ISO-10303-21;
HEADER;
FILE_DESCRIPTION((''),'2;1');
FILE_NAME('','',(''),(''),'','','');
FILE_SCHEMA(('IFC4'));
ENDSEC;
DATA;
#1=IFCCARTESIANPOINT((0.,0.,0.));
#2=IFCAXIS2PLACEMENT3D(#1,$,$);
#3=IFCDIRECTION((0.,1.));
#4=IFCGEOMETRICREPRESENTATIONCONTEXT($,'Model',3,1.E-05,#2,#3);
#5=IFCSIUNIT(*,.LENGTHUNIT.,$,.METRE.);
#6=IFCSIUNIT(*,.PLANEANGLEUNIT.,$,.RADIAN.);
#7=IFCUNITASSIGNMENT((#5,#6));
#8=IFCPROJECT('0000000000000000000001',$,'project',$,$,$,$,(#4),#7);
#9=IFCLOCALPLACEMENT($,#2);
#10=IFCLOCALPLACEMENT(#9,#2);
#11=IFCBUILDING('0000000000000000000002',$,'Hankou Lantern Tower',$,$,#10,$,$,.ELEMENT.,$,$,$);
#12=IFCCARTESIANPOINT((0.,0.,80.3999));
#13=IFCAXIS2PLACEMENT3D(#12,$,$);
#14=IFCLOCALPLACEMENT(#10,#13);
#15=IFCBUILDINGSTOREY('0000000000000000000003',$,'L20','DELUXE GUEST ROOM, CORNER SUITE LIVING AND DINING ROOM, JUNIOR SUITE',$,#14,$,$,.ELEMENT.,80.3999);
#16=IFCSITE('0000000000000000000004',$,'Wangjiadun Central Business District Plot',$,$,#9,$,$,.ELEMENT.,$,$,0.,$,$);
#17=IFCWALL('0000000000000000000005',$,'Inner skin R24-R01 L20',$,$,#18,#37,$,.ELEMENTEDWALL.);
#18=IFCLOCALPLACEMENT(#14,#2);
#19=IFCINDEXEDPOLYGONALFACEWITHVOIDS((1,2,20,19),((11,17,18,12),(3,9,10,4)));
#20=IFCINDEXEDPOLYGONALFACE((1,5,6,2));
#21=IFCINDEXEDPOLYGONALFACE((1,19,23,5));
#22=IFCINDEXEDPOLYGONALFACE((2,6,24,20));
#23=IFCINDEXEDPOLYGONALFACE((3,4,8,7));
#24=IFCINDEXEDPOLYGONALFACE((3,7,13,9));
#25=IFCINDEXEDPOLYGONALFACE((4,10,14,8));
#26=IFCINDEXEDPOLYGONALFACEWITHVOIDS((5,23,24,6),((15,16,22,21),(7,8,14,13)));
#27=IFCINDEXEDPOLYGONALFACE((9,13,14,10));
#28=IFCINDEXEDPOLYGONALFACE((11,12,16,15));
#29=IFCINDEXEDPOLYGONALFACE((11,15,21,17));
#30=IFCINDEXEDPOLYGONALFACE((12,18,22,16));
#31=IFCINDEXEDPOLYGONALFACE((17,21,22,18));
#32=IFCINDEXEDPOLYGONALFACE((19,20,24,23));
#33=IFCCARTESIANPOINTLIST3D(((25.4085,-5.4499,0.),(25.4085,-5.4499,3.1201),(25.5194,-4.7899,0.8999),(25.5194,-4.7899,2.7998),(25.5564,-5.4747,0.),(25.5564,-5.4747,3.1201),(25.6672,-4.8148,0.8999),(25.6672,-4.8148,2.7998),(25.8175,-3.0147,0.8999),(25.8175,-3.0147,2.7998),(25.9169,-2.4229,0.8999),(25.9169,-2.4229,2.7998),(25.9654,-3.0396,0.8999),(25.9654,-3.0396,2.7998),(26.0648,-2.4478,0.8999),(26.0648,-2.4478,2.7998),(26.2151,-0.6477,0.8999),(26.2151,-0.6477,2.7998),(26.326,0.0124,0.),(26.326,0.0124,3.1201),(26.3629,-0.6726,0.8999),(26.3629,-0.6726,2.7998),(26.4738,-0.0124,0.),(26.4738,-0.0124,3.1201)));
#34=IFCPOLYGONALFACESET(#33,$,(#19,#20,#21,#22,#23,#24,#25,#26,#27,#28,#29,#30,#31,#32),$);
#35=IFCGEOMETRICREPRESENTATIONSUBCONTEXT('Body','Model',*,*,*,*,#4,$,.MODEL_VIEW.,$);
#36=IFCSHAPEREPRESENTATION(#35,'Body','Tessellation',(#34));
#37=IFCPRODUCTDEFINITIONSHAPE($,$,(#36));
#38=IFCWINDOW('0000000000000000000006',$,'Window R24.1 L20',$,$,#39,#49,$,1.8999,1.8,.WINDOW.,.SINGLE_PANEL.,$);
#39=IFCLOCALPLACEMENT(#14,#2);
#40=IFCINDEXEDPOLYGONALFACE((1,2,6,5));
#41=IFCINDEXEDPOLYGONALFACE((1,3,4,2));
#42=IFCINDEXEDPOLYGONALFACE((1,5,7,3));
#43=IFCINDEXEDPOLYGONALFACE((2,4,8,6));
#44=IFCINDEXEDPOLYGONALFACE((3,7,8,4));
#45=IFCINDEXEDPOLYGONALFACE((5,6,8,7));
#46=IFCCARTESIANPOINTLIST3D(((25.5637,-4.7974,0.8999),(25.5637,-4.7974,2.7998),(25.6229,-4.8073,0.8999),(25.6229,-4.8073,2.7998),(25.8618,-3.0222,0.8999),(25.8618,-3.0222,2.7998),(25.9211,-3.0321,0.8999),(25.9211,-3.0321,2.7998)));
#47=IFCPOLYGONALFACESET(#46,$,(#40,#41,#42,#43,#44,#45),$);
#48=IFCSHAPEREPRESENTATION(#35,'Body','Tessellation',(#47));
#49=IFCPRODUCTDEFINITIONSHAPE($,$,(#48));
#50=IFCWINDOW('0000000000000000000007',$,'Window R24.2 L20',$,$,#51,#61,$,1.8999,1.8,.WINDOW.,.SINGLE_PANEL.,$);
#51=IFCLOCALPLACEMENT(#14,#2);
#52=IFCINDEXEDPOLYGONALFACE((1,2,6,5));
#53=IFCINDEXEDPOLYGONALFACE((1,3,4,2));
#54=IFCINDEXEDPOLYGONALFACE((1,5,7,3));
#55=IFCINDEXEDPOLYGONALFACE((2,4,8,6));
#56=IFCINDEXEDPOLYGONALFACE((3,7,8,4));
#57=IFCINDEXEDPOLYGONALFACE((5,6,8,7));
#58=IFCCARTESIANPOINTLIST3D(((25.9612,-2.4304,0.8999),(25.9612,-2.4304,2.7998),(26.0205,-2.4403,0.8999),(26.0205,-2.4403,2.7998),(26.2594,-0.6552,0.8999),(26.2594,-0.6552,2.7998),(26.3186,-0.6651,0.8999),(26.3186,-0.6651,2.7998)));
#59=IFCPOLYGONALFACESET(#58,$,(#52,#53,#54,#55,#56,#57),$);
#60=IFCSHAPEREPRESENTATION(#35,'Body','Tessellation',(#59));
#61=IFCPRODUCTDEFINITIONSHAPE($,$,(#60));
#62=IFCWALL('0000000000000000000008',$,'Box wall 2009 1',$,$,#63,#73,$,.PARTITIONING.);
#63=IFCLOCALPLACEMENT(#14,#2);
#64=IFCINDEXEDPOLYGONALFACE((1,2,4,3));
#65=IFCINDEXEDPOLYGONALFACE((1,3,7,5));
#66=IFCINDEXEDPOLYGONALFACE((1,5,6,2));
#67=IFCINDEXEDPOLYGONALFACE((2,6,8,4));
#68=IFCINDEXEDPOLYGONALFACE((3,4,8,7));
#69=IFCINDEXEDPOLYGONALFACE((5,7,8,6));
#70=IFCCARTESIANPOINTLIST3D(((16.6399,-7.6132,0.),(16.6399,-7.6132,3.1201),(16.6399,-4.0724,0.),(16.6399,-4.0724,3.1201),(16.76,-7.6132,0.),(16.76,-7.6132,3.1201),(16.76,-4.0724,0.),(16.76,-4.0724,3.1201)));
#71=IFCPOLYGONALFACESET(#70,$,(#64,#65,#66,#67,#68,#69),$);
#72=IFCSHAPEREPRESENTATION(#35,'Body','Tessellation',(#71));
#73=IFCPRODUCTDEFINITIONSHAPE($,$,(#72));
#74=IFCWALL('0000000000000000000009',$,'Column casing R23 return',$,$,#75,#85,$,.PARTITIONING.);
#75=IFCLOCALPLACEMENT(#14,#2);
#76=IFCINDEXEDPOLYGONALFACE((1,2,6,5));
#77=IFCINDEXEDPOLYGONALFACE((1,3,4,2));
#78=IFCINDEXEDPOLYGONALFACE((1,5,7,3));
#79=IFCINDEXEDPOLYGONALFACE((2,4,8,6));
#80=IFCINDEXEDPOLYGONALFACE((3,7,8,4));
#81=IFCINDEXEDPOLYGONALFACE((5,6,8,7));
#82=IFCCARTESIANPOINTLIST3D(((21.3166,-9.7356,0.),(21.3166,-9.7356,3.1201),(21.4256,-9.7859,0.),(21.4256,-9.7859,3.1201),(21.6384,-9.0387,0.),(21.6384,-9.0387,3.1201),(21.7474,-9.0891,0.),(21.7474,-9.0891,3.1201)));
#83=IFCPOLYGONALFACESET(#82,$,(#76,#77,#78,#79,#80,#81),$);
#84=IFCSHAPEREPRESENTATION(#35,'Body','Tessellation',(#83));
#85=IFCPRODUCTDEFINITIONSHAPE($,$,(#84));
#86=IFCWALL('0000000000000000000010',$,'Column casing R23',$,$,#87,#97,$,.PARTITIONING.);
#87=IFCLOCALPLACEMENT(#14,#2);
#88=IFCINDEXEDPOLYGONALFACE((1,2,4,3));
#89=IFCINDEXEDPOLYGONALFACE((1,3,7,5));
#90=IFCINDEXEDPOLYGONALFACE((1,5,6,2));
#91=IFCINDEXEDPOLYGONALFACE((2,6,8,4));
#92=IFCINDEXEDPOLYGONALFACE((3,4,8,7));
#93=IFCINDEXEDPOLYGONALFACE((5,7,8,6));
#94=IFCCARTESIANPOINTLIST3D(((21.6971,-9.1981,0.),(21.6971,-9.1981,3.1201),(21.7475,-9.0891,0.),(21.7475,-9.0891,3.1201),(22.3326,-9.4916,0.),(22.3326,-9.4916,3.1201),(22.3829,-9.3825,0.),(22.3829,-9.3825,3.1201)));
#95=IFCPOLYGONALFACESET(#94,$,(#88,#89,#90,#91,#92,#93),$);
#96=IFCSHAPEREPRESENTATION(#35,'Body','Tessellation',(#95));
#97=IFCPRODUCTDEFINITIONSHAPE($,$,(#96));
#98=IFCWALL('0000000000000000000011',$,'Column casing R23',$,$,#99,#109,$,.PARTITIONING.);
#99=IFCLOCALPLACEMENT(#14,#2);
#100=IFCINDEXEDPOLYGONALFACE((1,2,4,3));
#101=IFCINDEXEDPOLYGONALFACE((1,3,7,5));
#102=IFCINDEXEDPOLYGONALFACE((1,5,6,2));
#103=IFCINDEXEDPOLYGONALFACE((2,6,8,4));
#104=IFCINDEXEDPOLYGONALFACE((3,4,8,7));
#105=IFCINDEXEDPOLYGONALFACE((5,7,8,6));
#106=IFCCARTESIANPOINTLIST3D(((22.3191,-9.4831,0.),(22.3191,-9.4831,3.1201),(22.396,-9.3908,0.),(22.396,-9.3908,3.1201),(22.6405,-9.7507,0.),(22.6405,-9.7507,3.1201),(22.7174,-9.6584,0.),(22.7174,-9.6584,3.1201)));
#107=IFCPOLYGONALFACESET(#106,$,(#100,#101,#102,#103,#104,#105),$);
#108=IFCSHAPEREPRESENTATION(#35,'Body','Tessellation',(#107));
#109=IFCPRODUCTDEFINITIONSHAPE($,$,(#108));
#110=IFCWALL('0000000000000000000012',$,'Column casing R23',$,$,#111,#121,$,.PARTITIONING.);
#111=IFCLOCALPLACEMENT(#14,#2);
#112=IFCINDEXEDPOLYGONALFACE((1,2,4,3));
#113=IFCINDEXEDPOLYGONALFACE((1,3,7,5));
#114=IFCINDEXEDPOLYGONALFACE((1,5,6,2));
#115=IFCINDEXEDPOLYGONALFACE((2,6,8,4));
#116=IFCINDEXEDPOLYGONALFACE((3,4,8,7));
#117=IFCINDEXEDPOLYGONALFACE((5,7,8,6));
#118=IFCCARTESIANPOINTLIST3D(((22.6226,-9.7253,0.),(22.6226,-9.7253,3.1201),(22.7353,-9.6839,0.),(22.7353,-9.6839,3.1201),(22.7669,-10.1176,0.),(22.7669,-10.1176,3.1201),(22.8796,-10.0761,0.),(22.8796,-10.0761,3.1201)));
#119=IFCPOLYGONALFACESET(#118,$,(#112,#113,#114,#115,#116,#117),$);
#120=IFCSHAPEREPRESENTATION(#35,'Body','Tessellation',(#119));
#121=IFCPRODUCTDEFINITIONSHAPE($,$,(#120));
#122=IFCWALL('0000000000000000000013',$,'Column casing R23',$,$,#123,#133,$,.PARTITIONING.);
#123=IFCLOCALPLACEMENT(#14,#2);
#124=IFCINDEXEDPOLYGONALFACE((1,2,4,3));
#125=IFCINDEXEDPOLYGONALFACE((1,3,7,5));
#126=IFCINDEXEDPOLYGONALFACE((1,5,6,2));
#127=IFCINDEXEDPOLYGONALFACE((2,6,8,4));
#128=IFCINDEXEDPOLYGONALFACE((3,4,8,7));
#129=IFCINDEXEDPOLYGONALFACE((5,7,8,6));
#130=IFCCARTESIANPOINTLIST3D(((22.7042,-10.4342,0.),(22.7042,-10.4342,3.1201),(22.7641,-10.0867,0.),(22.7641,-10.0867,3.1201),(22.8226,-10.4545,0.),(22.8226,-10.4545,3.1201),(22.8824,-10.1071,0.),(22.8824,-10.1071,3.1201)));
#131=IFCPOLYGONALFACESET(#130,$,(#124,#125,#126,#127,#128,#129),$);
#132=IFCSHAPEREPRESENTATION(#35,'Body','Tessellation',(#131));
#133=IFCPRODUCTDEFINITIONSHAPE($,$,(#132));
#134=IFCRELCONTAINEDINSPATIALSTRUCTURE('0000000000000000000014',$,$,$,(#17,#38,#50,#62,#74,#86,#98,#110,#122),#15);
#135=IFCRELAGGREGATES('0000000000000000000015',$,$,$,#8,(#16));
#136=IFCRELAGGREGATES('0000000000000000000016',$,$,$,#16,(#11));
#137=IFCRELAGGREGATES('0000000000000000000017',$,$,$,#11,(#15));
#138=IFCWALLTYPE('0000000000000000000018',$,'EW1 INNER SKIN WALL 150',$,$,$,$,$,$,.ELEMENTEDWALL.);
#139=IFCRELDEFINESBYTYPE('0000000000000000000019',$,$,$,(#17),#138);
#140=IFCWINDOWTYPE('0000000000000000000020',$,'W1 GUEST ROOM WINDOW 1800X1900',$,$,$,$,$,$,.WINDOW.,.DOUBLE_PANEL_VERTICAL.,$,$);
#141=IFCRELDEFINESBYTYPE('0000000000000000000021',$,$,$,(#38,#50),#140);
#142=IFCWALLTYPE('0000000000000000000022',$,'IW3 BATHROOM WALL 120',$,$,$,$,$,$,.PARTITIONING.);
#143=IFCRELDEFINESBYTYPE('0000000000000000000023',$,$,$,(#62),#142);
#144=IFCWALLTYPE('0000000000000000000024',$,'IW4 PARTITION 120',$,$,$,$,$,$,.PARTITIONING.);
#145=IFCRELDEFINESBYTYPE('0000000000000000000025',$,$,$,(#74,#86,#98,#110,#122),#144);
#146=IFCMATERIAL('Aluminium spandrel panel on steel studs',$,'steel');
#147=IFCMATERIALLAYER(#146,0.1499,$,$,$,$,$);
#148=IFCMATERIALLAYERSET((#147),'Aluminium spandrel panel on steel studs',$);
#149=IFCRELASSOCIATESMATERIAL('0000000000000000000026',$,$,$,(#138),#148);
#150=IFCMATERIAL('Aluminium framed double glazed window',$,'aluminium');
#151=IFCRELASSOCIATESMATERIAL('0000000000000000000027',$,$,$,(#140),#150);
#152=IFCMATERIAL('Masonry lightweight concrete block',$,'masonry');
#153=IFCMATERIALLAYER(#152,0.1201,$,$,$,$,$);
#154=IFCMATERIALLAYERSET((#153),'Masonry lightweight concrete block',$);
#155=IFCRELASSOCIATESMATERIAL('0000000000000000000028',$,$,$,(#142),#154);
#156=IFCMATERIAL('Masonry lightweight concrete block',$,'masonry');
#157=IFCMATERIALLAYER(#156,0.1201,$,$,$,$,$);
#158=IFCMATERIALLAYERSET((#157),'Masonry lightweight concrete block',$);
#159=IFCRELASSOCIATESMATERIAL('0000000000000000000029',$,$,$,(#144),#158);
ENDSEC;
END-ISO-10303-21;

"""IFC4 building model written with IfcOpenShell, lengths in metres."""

from ifc_helpers import new_model, si_unit, direction, frame, frame_2d, origin, place, context, subcontext, project, spatial, rectangle, extrude, material, layer, layer_set, type_object, element, fill, save


model = new_model("IFC4")

# Units and contexts
model_context = context("Model", 3, precision=1e-05, world=origin(), true_north=direction((0.0, 1.0)))
body_context = subcontext(model_context, "Body", "Model", "MODEL_VIEW")
ifc_project = project(units=[si_unit("LENGTHUNIT", "METRE"), si_unit("PLANEANGLEUNIT", "RADIAN")], contexts=[model_context])

# Site, building, storey
site_placement = place(None, origin())
site = spatial("IfcSite", under=ifc_project, at=site_placement, Name="Wangjiadun Central Business District Plot", CompositionType="ELEMENT", RefElevation=0.0)
building_placement = place(site_placement, origin())
building = spatial("IfcBuilding", under=site, at=building_placement, Name="Hankou Lantern Tower", CompositionType="ELEMENT")
storey_placement = place(building_placement, frame((0.0, 0.0, 80.3999)))
storey = spatial("IfcBuildingStorey", under=building, at=storey_placement, Name="L20", Description="DELUXE GUEST ROOM, CORNER SUITE LIVING AND DINING ROOM, JUNIOR SUITE", CompositionType="ELEMENT", Elevation=80.3999)

# Wall, openings, windows
ifc_material_1 = material(Name="Aluminium spandrel panel on steel studs", Category="steel")
ifc_layer_1 = layer(ifc_material_1, 0.1499)
ifc_layer_set_1 = layer_set([ifc_layer_1], Name="Aluminium spandrel panel on steel studs")
wall_type_1 = type_object("IfcWallType", Name="EW1 INNER SKIN WALL 150", PredefinedType="ELEMENTEDWALL", material=ifc_layer_set_1)
wall_1_placement = place(storey_placement, frame((25.4824, -5.4624, 0.0), z_axis=(0.0, 0.0, 1.0), x_axis=(0.165643, 0.986186, 0.0)))
wall_1 = element("IfcWall", 1, at=wall_1_placement, inside=storey, type_object=wall_type_1, Name="Inner skin R24-R01 L20", PredefinedType="ELEMENTEDWALL", context=body_context, shape_type="SweptSolid", body=[
    extrude(rectangle(XDim=5.5388, YDim=0.1499, at=frame_2d((2.7695, 0.0))), origin(), (0.0, 0.0, 1.0), 3.1201),
])
opening_1_placement = place(wall_1_placement, frame((0.6694, 0.0, 0.8999)))
opening_1 = element("IfcOpeningElement", 2, at=opening_1_placement, cuts=wall_1, PredefinedType="OPENING", context=body_context, shape_type="SweptSolid", body=[
    extrude(rectangle(XDim=1.8, YDim=1.8999, at=frame_2d((0.8999, 0.95))), frame((0.0, 0.085, 0.0), z_axis=(0.0, -1.0, 0.0), x_axis=(1.0, 0.0, 0.0)), (0.0, 0.0, 1.0), 0.1699),
])
opening_2_placement = place(wall_1_placement, frame((3.0696, 0.0, 0.8999)))
opening_2 = element("IfcOpeningElement", 3, at=opening_2_placement, cuts=wall_1, PredefinedType="OPENING", context=body_context, shape_type="SweptSolid", body=[
    extrude(rectangle(XDim=1.8, YDim=1.8999, at=frame_2d((0.8999, 0.95))), frame((0.0, 0.085, 0.0), z_axis=(0.0, -1.0, 0.0), x_axis=(1.0, 0.0, 0.0)), (0.0, 0.0, 1.0), 0.1699),
])
ifc_material_2 = material(Name="Aluminium framed double glazed window", Category="aluminium")
window_type = type_object("IfcWindowType", Name="W1 GUEST ROOM WINDOW 1800X1900", PartitioningType="DOUBLE_PANEL_VERTICAL", PredefinedType="WINDOW", material=ifc_material_2)
window_1_placement = place(opening_1_placement, origin())
window_1 = element("IfcWindow", 4, at=window_1_placement, inside=storey, type_object=window_type, Name="Window R24.1 L20", OverallHeight=1.8999, OverallWidth=1.8, PartitioningType="SINGLE_PANEL", PredefinedType="WINDOW", context=body_context, shape_type="SweptSolid", body=[
    extrude(rectangle(XDim=1.8, YDim=1.8999, at=frame_2d((0.8999, 0.95))), frame((0.0, 0.03, 0.0), z_axis=(0.0, -1.0, 0.0), x_axis=(1.0, 0.0, 0.0)), (0.0, 0.0, 1.0), 0.0601),
])
fill(opening_1, window_1)
window_2_placement = place(opening_2_placement, origin())
window_2 = element("IfcWindow", 5, at=window_2_placement, inside=storey, type_object=window_type, Name="Window R24.2 L20", OverallHeight=1.8999, OverallWidth=1.8, PartitioningType="SINGLE_PANEL", PredefinedType="WINDOW", context=body_context, shape_type="SweptSolid", body=[
    extrude(rectangle(XDim=1.8, YDim=1.8999, at=frame_2d((0.8999, 0.95))), frame((0.0, 0.03, 0.0), z_axis=(0.0, -1.0, 0.0), x_axis=(1.0, 0.0, 0.0)), (0.0, 0.0, 1.0), 0.0601),
])
fill(opening_2, window_2)

# Walls
ifc_material_3 = material(Name="Masonry lightweight concrete block", Category="masonry")
ifc_layer_2 = layer(ifc_material_3, 0.1201)
ifc_layer_set_2 = layer_set([ifc_layer_2], Name="Masonry lightweight concrete block")
wall_type_2 = type_object("IfcWallType", Name="IW3 BATHROOM WALL 120", PredefinedType="PARTITIONING", material=ifc_layer_set_2)
wall_2_placement = place(storey_placement, frame((16.7, -7.6133, 0.0), z_axis=(0.0, 0.0, 1.0), x_axis=(0.0, 1.0, 0.0)))
element("IfcWall", 6, at=wall_2_placement, inside=storey, type_object=wall_type_2, Name="Box wall 2009 1", PredefinedType="PARTITIONING", context=body_context, shape_type="SweptSolid", body=[
    extrude(rectangle(XDim=3.5408, YDim=0.1201, at=frame_2d((1.7705, 0.0))), origin(), (0.0, 0.0, 1.0), 3.1201),
])
ifc_material_4 = material(Name="Masonry lightweight concrete block", Category="masonry")
ifc_layer_3 = layer(ifc_material_4, 0.1201)
ifc_layer_set_3 = layer_set([ifc_layer_3], Name="Masonry lightweight concrete block")
wall_type_3 = type_object("IfcWallType", Name="IW4 PARTITION 120", PredefinedType="PARTITIONING", material=ifc_layer_set_3)
wall_3_placement = place(storey_placement, frame((21.3711, -9.7607, 0.0), z_axis=(0.0, 0.0, 1.0), x_axis=(0.41926, 0.907866, 0.0)))
element("IfcWall", 7, at=wall_3_placement, inside=storey, type_object=wall_type_3, Name="Column casing R23 return", PredefinedType="PARTITIONING", context=body_context, shape_type="SweptSolid", body=[
    extrude(rectangle(XDim=0.7676, YDim=0.1201, at=frame_2d((0.3838, 0.0))), origin(), (0.0, 0.0, 1.0), 3.1201),
])
wall_4_placement = place(storey_placement, frame((21.7222, -9.1436, 0.0), z_axis=(0.0, 0.0, 1.0), x_axis=(0.907878, -0.419235, 0.0)))
element("IfcWall", 8, at=wall_4_placement, inside=storey, type_object=wall_type_3, Name="Column casing R23", PredefinedType="PARTITIONING", context=body_context, shape_type="SweptSolid", body=[
    extrude(rectangle(XDim=0.7, YDim=0.1201, at=frame_2d((0.3501, 0.0))), origin(), (0.0, 0.0, 1.0), 3.1201),
])
wall_5_placement = place(storey_placement, frame((22.3577, -9.437, 0.0), z_axis=(0.0, 0.0, 1.0), x_axis=(0.768413, -0.639955, 0.0)))
element("IfcWall", 9, at=wall_5_placement, inside=storey, type_object=wall_type_3, Name="Column casing R23", PredefinedType="PARTITIONING", context=body_context, shape_type="SweptSolid", body=[
    extrude(rectangle(XDim=0.4182, YDim=0.1201, at=frame_2d((0.209, 0.0))), origin(), (0.0, 0.0, 1.0), 3.1201),
])
wall_6_placement = place(storey_placement, frame((22.679, -9.7046, 0.0), z_axis=(0.0, 0.0, 1.0), x_axis=(0.345164, -0.938542, 0.0)))
element("IfcWall", 10, at=wall_6_placement, inside=storey, type_object=wall_type_3, Name="Column casing R23", PredefinedType="PARTITIONING", context=body_context, shape_type="SweptSolid", body=[
    extrude(rectangle(XDim=0.418, YDim=0.1201, at=frame_2d((0.209, 0.0))), origin(), (0.0, 0.0, 1.0), 3.1201),
])
wall_7_placement = place(storey_placement, frame((22.8232, -10.0969, 0.0), z_axis=(0.0, 0.0, 1.0), x_axis=(-0.169675, -0.9855, 0.0)))
element("IfcWall", 11, at=wall_7_placement, inside=storey, type_object=wall_type_3, Name="Column casing R23", PredefinedType="PARTITIONING", context=body_context, shape_type="SweptSolid", body=[
    extrude(rectangle(XDim=0.3525, YDim=0.1201, at=frame_2d((0.1763, 0.0))), origin(), (0.0, 0.0, 1.0), 3.1201),
])

save(model, "model.ifc")
